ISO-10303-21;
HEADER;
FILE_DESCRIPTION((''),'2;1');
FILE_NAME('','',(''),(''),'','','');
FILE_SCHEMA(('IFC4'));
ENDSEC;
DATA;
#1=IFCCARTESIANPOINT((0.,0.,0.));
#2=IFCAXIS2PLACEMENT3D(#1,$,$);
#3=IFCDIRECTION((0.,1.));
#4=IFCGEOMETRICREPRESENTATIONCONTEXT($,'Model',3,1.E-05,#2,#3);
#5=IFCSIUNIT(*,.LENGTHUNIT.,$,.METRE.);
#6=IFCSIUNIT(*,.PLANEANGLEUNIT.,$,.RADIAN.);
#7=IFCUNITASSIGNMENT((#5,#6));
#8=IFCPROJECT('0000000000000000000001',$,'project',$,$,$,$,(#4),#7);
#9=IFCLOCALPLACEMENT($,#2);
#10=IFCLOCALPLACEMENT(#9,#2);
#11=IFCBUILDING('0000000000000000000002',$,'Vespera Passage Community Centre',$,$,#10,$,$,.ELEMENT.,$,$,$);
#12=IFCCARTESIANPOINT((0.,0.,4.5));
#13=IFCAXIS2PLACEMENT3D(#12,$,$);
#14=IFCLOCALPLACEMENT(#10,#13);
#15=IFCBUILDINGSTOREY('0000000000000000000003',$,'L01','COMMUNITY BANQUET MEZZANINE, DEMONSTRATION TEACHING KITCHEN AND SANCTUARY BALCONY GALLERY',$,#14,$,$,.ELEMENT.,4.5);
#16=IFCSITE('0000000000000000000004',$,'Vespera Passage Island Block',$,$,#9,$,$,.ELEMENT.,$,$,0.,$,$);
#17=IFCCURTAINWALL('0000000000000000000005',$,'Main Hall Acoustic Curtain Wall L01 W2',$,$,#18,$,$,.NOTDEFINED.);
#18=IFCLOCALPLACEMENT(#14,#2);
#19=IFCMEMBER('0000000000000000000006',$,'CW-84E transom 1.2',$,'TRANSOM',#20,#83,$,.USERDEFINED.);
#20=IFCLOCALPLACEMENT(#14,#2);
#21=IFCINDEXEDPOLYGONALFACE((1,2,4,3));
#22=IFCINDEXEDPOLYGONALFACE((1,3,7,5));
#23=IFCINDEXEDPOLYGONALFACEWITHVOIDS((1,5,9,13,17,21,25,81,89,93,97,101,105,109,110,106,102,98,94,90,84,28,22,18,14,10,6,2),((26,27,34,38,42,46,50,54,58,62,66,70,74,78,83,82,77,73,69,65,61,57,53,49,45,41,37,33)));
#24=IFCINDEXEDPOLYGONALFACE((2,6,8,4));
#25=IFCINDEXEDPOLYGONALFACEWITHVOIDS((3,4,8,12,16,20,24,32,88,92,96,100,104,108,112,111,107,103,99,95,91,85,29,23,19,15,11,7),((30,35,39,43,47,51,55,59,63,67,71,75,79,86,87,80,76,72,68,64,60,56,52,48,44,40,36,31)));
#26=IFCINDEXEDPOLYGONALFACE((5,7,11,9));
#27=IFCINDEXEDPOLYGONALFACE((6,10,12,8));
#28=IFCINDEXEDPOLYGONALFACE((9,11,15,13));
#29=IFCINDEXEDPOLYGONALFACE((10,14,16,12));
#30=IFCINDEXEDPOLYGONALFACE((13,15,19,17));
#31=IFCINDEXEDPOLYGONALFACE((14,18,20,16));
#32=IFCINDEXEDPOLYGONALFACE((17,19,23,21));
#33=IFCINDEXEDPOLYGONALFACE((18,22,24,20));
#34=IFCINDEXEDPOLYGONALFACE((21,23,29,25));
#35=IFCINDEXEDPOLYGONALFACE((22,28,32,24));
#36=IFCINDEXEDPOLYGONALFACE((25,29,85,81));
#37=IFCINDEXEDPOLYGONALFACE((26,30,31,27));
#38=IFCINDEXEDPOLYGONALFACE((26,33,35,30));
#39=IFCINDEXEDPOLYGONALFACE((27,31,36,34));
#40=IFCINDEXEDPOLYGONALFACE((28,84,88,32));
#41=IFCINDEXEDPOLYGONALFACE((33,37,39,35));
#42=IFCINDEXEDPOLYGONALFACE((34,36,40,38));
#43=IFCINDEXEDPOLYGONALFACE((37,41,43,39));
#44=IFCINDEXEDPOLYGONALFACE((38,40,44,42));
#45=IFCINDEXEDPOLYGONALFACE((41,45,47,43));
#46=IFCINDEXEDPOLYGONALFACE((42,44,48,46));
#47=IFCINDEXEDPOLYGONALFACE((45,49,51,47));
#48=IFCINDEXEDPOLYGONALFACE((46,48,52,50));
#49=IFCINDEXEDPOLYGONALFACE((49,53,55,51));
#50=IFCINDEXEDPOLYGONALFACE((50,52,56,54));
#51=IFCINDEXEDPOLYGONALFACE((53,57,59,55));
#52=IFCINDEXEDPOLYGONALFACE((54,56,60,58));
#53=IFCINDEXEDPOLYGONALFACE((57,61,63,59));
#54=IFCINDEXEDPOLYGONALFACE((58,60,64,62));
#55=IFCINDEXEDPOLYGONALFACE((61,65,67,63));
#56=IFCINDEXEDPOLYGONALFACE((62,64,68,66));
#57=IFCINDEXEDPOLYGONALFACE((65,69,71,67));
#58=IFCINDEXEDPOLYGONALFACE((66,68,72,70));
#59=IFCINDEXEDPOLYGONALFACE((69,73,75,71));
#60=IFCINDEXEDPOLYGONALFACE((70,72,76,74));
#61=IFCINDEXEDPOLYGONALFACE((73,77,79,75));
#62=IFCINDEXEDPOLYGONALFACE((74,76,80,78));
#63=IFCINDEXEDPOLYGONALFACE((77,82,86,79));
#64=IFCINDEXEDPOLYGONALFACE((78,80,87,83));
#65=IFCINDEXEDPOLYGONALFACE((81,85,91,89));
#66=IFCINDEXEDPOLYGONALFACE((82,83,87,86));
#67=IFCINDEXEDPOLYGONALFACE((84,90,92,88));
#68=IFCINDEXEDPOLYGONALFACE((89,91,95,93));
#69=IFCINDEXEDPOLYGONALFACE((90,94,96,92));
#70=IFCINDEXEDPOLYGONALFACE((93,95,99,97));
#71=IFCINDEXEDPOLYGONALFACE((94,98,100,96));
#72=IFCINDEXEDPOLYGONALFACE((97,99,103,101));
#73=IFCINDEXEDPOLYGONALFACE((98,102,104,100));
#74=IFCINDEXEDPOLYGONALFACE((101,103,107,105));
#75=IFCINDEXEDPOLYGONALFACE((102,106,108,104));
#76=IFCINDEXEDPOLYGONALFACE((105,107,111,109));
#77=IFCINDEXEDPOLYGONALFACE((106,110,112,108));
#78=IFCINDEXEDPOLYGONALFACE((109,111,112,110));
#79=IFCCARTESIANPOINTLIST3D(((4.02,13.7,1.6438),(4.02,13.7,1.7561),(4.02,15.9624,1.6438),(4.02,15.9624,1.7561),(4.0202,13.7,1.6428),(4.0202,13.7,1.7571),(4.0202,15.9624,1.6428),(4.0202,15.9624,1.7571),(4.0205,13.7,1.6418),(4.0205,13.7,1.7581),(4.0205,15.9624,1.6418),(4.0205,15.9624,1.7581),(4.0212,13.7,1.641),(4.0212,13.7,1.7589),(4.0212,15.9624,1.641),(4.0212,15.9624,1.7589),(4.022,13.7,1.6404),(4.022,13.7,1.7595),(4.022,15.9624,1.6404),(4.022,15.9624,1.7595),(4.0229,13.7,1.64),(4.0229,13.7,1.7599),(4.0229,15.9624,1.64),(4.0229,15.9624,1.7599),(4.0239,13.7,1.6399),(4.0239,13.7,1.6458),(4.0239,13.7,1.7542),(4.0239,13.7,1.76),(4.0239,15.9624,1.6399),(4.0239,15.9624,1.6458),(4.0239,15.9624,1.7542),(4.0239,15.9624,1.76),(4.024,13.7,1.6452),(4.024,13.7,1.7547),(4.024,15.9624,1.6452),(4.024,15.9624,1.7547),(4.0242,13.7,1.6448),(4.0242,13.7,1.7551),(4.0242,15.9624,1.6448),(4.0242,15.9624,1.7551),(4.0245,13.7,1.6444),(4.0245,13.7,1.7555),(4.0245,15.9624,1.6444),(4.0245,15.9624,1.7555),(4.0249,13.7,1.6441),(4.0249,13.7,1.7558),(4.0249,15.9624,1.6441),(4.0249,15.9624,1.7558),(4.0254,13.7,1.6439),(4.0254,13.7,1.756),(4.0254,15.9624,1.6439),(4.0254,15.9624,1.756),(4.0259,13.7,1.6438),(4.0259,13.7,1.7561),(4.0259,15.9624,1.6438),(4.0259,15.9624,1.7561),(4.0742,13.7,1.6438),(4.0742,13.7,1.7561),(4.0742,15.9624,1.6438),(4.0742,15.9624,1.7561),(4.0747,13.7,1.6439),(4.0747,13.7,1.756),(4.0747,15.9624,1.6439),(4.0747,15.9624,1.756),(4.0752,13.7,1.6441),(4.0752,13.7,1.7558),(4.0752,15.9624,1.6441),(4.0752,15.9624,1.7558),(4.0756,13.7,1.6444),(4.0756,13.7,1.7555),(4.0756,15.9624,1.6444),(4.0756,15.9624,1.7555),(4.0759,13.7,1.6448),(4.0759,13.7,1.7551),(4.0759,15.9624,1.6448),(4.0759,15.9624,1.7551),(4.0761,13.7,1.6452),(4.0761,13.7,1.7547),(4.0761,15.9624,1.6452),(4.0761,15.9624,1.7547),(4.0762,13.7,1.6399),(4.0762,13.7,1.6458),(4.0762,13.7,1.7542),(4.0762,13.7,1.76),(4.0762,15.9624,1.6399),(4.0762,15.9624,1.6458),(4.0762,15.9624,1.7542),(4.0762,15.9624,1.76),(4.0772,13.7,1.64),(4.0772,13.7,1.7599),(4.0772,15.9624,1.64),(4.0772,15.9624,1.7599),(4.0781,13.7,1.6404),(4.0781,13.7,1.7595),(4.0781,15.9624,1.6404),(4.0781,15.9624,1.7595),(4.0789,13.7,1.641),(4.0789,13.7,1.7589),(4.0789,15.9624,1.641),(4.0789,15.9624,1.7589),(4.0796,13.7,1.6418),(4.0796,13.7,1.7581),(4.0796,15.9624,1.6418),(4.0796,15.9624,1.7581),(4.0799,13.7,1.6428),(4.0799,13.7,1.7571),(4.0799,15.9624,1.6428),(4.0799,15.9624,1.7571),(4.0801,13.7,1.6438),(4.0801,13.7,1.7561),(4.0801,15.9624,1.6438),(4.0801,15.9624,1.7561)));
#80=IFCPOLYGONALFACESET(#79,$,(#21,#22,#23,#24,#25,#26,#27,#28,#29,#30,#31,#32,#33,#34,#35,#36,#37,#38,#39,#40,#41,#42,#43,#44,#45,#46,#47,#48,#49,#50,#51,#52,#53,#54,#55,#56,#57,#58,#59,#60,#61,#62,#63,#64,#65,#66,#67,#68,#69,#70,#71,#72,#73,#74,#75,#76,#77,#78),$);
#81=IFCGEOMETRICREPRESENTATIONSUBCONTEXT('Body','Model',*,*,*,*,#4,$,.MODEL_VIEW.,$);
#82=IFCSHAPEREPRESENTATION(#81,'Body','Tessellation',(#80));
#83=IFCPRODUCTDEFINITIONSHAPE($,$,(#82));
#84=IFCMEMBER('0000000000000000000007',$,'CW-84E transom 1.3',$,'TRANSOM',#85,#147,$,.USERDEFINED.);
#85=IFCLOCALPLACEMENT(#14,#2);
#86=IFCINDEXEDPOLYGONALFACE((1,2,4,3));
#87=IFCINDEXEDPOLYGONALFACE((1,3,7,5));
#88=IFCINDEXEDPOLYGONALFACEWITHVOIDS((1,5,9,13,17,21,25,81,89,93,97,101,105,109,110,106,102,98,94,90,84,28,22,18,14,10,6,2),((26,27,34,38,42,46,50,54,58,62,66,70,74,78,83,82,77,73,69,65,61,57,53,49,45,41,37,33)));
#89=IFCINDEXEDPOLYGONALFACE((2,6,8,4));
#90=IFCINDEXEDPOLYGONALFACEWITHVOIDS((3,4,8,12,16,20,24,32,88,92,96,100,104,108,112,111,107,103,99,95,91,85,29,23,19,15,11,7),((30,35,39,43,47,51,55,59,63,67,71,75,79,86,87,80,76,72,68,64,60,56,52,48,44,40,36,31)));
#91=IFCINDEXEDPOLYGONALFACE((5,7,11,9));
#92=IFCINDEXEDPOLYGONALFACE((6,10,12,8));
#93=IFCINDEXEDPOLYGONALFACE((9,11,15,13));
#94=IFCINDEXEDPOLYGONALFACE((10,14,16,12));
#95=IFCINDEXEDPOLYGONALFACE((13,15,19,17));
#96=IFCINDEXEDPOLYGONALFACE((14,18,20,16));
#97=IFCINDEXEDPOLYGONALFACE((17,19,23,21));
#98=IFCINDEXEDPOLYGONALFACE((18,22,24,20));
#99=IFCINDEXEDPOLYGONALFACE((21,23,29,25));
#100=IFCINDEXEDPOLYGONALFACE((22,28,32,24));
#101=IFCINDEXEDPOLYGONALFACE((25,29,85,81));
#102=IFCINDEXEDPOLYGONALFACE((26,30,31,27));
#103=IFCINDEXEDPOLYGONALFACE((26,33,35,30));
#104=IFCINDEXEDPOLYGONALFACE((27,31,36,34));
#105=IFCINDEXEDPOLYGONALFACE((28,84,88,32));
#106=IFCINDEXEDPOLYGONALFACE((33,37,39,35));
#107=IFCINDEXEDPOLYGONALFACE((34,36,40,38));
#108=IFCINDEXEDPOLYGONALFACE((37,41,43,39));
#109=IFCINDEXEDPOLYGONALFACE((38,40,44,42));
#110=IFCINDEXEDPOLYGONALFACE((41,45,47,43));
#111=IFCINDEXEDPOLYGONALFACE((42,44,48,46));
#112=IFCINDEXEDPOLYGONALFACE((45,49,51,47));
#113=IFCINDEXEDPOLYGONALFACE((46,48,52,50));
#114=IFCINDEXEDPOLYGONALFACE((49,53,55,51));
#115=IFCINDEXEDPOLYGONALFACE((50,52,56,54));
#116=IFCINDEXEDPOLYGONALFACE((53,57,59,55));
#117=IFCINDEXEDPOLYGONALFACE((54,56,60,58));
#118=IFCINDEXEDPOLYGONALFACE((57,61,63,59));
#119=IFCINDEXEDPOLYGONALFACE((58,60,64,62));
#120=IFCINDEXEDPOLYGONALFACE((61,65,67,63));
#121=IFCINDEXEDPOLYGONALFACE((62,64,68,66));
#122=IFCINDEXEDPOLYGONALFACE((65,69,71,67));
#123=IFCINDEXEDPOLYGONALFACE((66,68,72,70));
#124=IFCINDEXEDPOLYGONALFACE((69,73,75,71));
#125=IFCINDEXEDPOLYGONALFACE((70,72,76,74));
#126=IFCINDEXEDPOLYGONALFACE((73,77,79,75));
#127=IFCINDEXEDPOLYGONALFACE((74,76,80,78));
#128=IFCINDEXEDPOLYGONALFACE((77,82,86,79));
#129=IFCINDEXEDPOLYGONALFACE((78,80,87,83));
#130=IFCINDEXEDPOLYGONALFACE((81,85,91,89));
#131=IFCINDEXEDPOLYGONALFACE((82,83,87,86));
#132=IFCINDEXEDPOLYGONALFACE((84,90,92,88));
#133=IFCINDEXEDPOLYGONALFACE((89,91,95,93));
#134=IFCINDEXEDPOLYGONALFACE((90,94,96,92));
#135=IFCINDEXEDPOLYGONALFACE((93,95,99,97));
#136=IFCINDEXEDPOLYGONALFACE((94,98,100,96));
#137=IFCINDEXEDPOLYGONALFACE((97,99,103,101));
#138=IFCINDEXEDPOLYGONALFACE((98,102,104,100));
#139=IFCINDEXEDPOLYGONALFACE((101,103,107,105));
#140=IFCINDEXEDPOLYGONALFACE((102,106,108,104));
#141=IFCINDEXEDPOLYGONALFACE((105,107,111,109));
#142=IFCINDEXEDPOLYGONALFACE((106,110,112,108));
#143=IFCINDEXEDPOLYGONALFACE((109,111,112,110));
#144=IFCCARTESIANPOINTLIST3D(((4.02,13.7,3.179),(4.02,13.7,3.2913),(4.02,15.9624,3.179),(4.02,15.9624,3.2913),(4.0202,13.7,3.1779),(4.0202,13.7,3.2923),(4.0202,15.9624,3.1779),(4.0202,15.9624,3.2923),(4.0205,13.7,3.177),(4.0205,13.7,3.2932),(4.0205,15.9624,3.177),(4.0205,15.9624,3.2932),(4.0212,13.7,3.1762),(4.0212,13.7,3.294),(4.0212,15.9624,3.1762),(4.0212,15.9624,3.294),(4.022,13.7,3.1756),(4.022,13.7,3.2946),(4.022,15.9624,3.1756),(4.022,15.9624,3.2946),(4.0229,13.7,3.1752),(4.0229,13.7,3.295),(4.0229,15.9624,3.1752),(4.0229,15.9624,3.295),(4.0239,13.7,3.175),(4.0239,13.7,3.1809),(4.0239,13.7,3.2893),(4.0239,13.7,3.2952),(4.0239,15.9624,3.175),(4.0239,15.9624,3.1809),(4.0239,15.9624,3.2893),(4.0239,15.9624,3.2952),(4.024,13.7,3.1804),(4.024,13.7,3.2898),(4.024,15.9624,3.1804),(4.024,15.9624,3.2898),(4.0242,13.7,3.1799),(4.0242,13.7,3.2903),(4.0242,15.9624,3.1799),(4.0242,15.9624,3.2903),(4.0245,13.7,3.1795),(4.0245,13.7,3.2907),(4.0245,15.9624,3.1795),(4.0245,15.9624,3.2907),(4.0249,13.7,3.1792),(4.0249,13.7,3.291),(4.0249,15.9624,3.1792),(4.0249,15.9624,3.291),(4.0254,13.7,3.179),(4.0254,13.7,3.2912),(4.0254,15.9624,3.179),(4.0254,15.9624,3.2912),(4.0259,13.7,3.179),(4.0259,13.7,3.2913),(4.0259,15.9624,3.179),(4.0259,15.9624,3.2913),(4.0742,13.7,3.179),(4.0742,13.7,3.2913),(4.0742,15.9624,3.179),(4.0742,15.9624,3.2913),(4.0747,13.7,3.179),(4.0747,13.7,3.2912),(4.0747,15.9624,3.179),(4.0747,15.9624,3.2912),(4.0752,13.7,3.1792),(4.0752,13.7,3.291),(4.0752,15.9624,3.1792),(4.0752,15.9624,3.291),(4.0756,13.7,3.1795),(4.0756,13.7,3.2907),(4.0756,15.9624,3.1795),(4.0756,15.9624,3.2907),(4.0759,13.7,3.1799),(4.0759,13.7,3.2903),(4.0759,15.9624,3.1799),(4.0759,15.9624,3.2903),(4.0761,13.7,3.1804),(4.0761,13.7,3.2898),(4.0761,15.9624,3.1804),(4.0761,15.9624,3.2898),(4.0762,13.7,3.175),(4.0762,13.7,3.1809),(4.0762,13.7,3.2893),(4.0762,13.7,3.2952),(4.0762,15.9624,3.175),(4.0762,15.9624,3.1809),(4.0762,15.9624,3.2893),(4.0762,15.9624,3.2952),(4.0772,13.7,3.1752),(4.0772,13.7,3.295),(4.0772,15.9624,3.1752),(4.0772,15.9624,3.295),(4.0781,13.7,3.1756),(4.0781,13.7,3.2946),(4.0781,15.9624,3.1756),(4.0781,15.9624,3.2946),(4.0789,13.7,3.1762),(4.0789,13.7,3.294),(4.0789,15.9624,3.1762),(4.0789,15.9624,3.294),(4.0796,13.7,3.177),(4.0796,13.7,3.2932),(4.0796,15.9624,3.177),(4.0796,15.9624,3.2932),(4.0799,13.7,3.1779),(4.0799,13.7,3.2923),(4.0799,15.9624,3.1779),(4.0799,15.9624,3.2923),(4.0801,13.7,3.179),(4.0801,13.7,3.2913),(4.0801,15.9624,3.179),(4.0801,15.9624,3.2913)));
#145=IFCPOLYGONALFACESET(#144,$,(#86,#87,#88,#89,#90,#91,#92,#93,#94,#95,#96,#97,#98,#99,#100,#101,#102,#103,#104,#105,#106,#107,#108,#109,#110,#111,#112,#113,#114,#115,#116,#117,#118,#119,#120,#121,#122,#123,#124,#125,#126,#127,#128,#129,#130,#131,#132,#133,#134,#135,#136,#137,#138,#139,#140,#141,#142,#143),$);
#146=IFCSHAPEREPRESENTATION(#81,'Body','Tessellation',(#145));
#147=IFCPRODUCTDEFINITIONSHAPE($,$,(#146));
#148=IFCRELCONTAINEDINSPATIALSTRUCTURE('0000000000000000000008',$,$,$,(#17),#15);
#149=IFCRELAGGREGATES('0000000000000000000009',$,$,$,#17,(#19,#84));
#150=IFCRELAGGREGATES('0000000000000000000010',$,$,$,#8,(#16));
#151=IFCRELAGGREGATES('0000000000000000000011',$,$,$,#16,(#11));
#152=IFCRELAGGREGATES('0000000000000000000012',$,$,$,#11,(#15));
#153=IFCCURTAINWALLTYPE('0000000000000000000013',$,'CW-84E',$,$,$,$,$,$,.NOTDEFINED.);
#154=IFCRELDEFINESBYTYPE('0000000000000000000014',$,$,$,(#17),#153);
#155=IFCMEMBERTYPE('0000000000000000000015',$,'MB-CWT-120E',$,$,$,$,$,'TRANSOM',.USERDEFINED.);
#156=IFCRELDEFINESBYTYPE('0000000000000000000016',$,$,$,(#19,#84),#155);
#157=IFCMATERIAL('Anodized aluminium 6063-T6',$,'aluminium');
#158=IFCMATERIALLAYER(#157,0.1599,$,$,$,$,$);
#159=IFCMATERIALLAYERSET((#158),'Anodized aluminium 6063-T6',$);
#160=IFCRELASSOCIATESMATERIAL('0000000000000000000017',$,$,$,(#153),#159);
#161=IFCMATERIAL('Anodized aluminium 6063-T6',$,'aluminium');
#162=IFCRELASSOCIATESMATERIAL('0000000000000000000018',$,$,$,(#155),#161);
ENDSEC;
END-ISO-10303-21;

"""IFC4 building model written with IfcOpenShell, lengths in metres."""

from ifc_helpers import new_model, si_unit, direction, frame, origin, origin_2d, place, context, subcontext, project, spatial, hollow_rectangle, extrude, material, layer, layer_set, material_profile, profile_set, type_object, element, aggregate, save


model = new_model("IFC4")

# Units and contexts
model_context = context("Model", 3, precision=1e-05, world=origin(), true_north=direction((0.0, 1.0)))
body_context = subcontext(model_context, "Body", "Model", "MODEL_VIEW")
ifc_project = project(units=[si_unit("LENGTHUNIT", "METRE"), si_unit("PLANEANGLEUNIT", "RADIAN")], contexts=[model_context])

# Site, building, storey
site_placement = place(None, origin())
site = spatial("IfcSite", under=ifc_project, at=site_placement, Name="Vespera Passage Island Block", CompositionType="ELEMENT", RefElevation=0.0)
building_placement = place(site_placement, origin())
building = spatial("IfcBuilding", under=site, at=building_placement, Name="Vespera Passage Community Centre", CompositionType="ELEMENT")
storey_placement = place(building_placement, frame((0.0, 0.0, 4.5)))
storey = spatial("IfcBuildingStorey", under=building, at=storey_placement, Name="L01", Description="COMMUNITY BANQUET MEZZANINE, DEMONSTRATION TEACHING KITCHEN AND SANCTUARY BALCONY GALLERY", CompositionType="ELEMENT", Elevation=4.5)

# Curtain wall
ifc_material_1 = material(Name="Anodized aluminium 6063-T6", Category="aluminium")
ifc_layer_1 = layer(ifc_material_1, 0.1599)
ifc_layer_set_1 = layer_set([ifc_layer_1], Name="Anodized aluminium 6063-T6")
curtain_wall_type = type_object("IfcCurtainWallType", Name="CW-84E", PredefinedType="NOTDEFINED", material=ifc_layer_set_1)
curtain_wall_1_placement = place(storey_placement, origin())
curtain_wall_1 = element("IfcCurtainWall", 1, at=curtain_wall_1_placement, inside=storey, type_object=curtain_wall_type, Name="Main Hall Acoustic Curtain Wall L01 W2", PredefinedType="NOTDEFINED")

# Members
ifc_material_2 = material(Name="Anodized aluminium 6063-T6", Category="aluminium")
ifc_material_profile_1 = material_profile(ifc_material_2, hollow_rectangle(XDim=0.0601, YDim=0.1201, WallThickness=0.0039, InnerFilletRadius=0.002, OuterFilletRadius=0.0039, at=origin_2d()), Name="ALU120X60X4")
ifc_profile_set_1 = profile_set([ifc_material_profile_1], Name="Anodized aluminium 6063-T6")
member_type_1 = type_object("IfcMemberType", Name="MB-CWT-120E", ElementType="TRANSOM", PredefinedType="USERDEFINED", material=ifc_profile_set_1)
member_1_placement = place(storey_placement, frame((4.05, 13.7, 1.7), z_axis=(0.0, 1.0, 0.0), x_axis=(-1.0, 0.0, 0.0)))
member_1 = element("IfcMember", 2, at=member_1_placement, type_object=member_type_1, Name="CW-84E transom 1.2", ObjectType="TRANSOM", PredefinedType="USERDEFINED", context=body_context, shape_type="SweptSolid", body=[
    extrude(hollow_rectangle(XDim=0.0601, YDim=0.1201, WallThickness=0.0039, InnerFilletRadius=0.002, OuterFilletRadius=0.0039, at=origin_2d()), origin(), (0.0, 0.0, 1.0), 2.2625),
])
member_2_placement = place(storey_placement, frame((4.05, 13.7, 3.2351), z_axis=(0.0, 1.0, 0.0), x_axis=(-1.0, 0.0, 0.0)))
member_2 = element("IfcMember", 3, at=member_2_placement, type_object=member_type_1, Name="CW-84E transom 1.3", ObjectType="TRANSOM", PredefinedType="USERDEFINED", context=body_context, shape_type="SweptSolid", body=[
    extrude(hollow_rectangle(XDim=0.0601, YDim=0.1201, WallThickness=0.0039, InnerFilletRadius=0.002, OuterFilletRadius=0.0039, at=origin_2d()), origin(), (0.0, 0.0, 1.0), 2.2625),
])

aggregate(curtain_wall_1, [member_1, member_2])

save(model, "model.ifc")
